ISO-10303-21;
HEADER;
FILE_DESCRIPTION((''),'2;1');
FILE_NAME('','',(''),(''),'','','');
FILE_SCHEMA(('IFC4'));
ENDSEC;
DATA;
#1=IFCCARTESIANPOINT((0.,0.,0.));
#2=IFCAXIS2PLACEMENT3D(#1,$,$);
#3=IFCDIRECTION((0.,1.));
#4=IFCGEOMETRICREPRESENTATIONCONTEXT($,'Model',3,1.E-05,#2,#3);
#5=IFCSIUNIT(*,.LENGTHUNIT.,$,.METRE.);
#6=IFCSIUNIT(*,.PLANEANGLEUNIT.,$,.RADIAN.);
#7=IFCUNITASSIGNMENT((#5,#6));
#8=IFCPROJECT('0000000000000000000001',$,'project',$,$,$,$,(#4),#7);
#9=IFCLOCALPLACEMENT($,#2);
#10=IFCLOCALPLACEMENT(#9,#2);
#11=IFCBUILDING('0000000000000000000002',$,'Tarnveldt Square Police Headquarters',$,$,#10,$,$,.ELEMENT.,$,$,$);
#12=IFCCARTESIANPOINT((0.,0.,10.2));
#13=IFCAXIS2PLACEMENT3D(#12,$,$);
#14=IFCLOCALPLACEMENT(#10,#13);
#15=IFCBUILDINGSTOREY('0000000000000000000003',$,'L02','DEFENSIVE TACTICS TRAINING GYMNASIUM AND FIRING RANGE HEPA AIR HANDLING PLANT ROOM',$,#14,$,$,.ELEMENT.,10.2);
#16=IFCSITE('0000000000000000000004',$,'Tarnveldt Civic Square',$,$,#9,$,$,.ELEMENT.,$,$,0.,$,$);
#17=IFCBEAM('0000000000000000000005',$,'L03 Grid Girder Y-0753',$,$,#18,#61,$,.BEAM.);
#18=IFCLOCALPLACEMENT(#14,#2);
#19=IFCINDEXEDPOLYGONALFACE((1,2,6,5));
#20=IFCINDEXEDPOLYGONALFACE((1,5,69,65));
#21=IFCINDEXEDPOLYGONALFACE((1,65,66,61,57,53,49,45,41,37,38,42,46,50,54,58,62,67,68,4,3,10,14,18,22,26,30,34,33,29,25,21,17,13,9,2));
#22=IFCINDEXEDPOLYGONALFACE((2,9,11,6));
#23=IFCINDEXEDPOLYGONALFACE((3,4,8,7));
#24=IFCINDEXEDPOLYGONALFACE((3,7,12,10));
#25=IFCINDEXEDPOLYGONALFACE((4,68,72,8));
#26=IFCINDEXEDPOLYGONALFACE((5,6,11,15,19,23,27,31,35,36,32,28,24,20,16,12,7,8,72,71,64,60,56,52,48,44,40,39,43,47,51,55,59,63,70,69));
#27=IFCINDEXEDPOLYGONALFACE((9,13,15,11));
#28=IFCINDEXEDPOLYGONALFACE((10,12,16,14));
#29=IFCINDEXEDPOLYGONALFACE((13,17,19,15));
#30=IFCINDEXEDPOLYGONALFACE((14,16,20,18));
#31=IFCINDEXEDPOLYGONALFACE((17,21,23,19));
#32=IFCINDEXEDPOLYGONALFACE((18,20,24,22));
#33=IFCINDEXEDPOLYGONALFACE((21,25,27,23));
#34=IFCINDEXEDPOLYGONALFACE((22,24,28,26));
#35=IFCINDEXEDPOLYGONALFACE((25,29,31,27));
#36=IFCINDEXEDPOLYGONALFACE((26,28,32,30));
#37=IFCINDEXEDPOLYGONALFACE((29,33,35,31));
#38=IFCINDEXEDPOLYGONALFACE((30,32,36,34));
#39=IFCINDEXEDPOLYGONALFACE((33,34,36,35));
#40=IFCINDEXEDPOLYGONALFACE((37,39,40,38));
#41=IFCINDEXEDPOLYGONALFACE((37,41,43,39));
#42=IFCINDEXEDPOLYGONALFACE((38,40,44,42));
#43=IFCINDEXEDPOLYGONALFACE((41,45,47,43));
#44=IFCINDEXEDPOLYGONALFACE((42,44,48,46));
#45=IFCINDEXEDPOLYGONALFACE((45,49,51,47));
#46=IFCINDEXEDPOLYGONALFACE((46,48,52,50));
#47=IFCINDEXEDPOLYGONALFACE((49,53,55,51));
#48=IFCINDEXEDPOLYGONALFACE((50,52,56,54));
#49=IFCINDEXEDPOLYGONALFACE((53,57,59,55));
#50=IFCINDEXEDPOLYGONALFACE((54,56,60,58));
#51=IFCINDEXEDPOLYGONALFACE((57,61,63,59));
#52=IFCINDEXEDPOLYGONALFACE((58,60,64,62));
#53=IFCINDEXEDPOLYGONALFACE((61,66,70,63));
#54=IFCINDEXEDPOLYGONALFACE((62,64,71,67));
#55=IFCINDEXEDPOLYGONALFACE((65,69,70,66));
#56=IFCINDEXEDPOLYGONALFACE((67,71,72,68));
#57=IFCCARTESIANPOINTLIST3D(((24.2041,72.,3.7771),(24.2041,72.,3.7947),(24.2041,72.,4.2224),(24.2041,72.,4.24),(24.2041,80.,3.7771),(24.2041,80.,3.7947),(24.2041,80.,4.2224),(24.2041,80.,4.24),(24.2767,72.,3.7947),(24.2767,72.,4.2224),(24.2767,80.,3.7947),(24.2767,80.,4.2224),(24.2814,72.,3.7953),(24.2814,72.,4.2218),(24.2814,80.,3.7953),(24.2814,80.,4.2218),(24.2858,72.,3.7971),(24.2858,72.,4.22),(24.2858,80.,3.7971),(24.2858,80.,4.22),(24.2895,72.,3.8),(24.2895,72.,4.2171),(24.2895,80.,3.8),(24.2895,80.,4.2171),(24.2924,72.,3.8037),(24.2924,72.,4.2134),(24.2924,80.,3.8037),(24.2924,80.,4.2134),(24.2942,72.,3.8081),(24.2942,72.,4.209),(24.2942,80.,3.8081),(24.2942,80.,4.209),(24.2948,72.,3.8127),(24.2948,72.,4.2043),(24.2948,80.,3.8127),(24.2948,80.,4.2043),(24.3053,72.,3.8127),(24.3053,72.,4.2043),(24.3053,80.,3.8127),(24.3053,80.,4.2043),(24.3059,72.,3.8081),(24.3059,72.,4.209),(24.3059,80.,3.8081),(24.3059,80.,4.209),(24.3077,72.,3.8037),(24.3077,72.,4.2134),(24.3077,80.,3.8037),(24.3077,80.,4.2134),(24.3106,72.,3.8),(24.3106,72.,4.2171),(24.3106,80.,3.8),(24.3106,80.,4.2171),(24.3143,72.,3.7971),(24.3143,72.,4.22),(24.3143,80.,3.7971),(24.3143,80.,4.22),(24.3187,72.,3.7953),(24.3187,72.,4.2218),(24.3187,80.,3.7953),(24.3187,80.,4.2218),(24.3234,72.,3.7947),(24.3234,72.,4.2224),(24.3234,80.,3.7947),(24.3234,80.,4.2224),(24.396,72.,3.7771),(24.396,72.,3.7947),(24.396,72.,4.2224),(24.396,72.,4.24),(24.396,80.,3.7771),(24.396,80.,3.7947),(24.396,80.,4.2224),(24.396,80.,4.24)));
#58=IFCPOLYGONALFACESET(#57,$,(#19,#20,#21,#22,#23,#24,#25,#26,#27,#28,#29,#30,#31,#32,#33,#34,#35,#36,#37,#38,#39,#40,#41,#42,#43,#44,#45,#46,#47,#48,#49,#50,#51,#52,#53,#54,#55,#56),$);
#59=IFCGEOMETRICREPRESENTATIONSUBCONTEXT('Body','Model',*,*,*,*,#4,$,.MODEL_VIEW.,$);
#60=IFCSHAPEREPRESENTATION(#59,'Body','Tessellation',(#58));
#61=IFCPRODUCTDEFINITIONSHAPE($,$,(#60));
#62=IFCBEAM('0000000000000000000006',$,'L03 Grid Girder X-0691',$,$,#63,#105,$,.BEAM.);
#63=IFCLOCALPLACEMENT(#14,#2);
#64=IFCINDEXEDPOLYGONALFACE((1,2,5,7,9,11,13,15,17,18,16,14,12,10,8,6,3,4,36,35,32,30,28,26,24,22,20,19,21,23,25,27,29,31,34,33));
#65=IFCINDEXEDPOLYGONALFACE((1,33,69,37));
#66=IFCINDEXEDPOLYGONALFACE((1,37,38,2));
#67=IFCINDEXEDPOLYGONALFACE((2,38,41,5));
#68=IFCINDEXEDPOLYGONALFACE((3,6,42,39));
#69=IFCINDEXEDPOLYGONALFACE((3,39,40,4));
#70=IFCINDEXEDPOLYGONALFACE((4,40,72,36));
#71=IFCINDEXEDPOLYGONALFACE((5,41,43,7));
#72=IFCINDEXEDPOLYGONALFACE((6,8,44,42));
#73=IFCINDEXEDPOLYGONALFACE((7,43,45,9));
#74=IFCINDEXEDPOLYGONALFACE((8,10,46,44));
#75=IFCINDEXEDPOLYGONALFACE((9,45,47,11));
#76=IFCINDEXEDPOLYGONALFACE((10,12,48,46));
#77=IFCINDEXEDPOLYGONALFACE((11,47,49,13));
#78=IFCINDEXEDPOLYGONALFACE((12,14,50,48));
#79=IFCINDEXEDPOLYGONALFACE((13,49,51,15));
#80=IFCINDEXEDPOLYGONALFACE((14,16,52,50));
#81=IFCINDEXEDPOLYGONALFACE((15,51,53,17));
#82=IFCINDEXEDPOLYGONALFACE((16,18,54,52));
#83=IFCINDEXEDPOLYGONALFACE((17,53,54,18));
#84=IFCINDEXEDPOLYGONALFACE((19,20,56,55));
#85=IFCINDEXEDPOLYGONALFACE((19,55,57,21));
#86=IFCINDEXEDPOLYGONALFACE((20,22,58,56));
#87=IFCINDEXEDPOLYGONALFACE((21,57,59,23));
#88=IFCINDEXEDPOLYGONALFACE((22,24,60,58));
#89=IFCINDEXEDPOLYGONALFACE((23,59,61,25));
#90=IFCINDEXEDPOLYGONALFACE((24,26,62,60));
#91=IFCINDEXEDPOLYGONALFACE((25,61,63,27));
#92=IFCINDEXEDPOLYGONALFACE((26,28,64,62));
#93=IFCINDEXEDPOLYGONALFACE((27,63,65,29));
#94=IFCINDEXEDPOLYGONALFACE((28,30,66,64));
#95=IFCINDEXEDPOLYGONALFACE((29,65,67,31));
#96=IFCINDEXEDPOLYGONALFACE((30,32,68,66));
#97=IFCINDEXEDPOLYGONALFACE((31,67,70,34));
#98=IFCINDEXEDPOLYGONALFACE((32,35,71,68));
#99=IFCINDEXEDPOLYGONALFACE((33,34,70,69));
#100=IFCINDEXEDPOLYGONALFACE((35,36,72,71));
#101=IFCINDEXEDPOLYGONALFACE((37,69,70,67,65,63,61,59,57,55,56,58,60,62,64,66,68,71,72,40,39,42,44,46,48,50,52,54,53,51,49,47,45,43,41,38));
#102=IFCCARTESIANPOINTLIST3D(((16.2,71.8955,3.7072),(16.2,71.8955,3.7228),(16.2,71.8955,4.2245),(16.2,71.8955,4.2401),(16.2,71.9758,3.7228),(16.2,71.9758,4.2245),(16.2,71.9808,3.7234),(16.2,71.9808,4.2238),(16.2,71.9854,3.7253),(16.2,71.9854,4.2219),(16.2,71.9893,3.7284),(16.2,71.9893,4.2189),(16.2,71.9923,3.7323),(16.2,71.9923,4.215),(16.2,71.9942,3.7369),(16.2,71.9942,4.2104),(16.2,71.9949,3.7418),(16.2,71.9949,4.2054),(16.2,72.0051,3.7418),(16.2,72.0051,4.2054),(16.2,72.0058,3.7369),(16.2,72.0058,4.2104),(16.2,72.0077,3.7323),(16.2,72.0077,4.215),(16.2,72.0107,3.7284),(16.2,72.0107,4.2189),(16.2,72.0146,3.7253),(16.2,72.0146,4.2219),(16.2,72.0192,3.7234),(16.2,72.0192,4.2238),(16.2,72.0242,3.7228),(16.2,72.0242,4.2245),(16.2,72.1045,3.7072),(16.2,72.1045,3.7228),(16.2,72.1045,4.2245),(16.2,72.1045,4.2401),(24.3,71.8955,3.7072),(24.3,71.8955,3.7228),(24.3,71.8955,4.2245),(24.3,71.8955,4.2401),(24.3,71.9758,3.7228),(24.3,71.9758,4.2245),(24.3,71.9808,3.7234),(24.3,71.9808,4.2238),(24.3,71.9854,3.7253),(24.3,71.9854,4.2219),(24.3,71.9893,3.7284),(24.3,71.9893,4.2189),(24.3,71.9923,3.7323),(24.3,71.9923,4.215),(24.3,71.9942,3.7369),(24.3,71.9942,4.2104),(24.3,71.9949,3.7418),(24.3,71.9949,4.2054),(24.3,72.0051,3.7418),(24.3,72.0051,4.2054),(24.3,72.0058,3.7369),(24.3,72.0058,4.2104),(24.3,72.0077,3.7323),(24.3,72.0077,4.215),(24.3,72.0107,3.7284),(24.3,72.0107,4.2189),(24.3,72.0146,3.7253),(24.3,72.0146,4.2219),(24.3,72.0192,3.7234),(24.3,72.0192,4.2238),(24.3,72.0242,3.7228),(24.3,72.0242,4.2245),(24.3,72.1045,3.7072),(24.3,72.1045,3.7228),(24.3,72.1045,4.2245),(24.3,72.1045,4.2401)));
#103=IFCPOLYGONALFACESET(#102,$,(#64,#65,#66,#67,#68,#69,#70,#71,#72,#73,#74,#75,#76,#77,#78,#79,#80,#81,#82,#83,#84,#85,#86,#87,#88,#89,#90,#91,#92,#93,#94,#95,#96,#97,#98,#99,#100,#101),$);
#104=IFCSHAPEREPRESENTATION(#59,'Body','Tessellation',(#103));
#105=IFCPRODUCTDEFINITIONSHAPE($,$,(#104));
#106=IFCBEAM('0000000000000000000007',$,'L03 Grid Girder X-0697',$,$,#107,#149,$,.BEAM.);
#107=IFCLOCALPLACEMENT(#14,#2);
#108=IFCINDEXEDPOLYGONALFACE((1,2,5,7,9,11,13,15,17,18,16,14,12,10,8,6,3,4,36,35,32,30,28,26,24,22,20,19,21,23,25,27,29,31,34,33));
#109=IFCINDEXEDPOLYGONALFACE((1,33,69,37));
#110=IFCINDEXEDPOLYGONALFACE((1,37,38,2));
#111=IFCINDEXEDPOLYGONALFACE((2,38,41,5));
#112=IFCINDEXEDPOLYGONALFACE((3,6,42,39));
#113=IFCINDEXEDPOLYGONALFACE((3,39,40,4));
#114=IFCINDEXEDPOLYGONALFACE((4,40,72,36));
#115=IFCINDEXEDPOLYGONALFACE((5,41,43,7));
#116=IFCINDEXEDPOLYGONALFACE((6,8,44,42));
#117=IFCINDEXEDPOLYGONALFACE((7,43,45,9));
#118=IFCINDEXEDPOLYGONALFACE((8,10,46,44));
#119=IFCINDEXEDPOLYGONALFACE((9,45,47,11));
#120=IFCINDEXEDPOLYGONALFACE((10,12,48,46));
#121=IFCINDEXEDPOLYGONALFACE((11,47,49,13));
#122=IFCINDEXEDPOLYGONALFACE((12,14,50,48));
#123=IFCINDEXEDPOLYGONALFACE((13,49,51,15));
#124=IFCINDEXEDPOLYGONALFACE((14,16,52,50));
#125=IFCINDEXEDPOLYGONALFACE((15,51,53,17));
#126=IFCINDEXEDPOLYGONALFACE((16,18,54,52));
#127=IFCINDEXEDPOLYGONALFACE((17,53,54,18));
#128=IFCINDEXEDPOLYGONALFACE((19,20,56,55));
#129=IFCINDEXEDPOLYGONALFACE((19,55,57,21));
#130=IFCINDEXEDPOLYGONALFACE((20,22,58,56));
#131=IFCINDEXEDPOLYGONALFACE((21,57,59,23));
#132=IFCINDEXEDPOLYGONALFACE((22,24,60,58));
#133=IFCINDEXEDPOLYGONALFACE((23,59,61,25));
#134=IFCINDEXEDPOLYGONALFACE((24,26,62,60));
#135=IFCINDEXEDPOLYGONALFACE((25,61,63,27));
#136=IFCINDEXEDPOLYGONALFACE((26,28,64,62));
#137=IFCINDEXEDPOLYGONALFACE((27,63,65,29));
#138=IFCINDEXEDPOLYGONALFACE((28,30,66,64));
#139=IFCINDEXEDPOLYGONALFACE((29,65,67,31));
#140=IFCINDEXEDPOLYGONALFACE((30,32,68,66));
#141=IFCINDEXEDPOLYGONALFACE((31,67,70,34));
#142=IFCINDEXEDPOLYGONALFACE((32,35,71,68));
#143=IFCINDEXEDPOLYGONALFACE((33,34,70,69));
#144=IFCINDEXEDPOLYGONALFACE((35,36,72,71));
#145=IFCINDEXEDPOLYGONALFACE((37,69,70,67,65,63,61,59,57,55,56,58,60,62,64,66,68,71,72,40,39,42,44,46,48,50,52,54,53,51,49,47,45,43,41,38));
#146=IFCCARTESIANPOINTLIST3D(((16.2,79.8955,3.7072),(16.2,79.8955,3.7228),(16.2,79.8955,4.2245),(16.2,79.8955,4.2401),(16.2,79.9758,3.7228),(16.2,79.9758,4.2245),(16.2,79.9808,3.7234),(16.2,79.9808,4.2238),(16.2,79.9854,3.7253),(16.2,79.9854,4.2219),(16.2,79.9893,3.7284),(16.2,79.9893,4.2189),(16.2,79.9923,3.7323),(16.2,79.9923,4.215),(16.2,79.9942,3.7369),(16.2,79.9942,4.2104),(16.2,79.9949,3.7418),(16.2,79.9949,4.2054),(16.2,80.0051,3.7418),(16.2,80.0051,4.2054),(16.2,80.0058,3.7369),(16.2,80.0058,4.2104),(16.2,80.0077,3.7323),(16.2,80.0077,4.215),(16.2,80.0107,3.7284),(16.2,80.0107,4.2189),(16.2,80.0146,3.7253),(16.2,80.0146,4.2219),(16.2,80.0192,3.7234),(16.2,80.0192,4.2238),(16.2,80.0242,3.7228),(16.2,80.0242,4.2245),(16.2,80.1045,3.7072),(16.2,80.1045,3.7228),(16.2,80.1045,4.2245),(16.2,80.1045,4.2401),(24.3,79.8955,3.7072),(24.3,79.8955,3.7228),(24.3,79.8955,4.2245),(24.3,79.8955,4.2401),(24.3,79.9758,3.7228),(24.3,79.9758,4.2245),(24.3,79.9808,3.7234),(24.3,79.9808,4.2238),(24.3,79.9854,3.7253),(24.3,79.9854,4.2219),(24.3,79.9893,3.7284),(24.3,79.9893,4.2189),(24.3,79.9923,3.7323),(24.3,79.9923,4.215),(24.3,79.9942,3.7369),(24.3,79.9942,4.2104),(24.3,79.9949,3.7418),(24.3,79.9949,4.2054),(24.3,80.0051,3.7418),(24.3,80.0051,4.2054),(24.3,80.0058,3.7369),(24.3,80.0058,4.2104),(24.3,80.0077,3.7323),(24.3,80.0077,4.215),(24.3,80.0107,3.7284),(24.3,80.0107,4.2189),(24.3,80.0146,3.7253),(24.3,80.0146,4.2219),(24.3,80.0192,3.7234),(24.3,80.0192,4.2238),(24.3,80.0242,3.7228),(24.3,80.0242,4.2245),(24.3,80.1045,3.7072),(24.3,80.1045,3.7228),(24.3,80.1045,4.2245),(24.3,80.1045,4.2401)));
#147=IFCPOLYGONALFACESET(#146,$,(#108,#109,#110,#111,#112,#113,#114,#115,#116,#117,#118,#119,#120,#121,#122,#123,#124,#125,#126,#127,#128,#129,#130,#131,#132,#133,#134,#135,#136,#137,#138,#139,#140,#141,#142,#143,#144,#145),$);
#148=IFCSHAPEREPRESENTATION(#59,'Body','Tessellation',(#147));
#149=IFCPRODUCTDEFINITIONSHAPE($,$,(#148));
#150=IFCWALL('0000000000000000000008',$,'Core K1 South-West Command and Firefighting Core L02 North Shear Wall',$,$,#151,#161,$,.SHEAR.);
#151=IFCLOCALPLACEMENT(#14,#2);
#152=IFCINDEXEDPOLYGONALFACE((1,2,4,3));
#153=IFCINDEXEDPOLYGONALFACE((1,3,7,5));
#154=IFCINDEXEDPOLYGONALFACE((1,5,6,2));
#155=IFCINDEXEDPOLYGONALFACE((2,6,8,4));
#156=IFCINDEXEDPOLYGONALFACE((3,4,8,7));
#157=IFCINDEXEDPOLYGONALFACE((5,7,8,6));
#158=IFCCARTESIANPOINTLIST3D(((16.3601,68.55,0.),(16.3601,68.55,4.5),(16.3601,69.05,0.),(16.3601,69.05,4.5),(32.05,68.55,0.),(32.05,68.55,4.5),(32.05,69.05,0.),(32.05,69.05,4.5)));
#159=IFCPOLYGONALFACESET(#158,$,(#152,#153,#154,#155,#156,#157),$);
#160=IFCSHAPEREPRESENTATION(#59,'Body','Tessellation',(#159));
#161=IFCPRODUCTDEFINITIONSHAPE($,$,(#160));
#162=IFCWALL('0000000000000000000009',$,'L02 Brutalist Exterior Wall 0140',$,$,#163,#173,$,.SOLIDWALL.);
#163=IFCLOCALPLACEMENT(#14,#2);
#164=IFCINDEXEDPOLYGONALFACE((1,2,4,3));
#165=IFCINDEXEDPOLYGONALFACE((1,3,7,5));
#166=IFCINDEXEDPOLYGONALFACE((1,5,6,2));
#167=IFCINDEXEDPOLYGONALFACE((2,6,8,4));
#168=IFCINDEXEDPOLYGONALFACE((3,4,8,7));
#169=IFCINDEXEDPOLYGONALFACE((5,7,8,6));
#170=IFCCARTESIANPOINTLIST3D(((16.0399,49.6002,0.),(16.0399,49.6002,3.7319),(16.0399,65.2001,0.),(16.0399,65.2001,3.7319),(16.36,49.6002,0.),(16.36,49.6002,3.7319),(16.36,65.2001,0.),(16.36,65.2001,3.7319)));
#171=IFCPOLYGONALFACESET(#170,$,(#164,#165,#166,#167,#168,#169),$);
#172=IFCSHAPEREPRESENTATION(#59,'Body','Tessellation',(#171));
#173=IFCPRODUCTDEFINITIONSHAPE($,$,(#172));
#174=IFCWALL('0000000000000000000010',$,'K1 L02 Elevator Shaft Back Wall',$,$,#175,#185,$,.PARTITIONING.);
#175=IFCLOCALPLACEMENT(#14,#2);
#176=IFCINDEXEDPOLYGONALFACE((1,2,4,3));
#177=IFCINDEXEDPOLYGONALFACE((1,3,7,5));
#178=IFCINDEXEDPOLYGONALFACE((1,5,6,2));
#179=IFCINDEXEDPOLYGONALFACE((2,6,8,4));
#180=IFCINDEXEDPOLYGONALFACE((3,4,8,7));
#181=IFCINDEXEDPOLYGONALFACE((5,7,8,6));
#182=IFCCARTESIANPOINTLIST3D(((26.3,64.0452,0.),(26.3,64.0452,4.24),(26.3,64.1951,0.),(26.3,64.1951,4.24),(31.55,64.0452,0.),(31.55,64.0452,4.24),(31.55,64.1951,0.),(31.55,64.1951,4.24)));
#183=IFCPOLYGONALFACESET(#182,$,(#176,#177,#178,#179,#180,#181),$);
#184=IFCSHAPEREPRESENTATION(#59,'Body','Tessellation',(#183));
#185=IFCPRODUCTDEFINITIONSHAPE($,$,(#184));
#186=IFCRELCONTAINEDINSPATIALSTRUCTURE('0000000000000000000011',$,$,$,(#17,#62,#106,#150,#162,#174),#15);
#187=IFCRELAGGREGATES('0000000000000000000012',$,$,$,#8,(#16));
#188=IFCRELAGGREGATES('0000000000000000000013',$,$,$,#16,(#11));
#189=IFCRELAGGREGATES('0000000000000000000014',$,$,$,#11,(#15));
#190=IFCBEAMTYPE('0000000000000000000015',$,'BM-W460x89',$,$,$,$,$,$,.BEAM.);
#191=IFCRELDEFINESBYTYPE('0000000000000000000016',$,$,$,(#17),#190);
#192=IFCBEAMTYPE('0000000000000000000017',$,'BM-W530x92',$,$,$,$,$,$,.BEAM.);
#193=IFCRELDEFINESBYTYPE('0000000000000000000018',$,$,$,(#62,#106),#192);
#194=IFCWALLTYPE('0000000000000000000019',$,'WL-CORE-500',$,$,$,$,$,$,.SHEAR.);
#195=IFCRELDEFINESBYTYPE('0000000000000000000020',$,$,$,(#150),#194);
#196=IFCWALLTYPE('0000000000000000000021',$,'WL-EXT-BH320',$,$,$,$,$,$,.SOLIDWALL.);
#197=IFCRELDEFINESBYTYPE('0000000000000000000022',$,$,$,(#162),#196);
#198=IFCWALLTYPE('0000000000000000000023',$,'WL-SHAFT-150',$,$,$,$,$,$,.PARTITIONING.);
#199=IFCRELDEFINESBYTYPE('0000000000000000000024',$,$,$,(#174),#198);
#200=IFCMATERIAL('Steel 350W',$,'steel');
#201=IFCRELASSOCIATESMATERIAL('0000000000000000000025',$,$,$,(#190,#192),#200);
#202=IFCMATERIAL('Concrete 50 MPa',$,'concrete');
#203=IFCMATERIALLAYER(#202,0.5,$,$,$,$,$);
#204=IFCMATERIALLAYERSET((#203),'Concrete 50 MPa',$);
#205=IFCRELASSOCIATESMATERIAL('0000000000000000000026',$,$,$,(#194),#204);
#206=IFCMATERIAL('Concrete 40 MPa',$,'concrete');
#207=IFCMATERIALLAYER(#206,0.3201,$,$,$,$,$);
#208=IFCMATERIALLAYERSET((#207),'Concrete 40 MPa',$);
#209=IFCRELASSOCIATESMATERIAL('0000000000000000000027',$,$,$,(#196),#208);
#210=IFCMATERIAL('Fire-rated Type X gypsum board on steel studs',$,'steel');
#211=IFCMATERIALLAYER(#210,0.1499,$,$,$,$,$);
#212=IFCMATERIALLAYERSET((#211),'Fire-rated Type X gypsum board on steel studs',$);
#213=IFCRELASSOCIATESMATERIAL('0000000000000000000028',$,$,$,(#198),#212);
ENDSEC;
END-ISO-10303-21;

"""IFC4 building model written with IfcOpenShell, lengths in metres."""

from ifc_helpers import new_model, si_unit, direction, frame, frame_2d, origin, origin_2d, place, context, subcontext, project, spatial, rectangle, i_section, extrude, material, layer, layer_set, material_profile, profile_set, type_object, element, save


model = new_model("IFC4")

# Units and contexts
model_context = context("Model", 3, precision=1e-05, world=origin(), true_north=direction((0.0, 1.0)))
body_context = subcontext(model_context, "Body", "Model", "MODEL_VIEW")
ifc_project = project(units=[si_unit("LENGTHUNIT", "METRE"), si_unit("PLANEANGLEUNIT", "RADIAN")], contexts=[model_context])

# Site, building, storey
site_placement = place(None, origin())
site = spatial("IfcSite", under=ifc_project, at=site_placement, Name="Tarnveldt Civic Square", CompositionType="ELEMENT", RefElevation=0.0)
building_placement = place(site_placement, origin())
building = spatial("IfcBuilding", under=site, at=building_placement, Name="Tarnveldt Square Police Headquarters", CompositionType="ELEMENT")
storey_placement = place(building_placement, frame((0.0, 0.0, 10.2)))
storey = spatial("IfcBuildingStorey", under=building, at=storey_placement, Name="L02", Description="DEFENSIVE TACTICS TRAINING GYMNASIUM AND FIRING RANGE HEPA AIR HANDLING PLANT ROOM", CompositionType="ELEMENT", Elevation=10.2)

# Shared definitions
ifc_material_1 = material(Name="Concrete 50 MPa", Category="concrete")

# Beams
ifc_material_2 = material(Name="Concrete 40 MPa", Category="concrete")
ifc_material_3 = material(Name="Steel 350W", Category="steel")
ifc_material_profile_1 = material_profile(ifc_material_3, i_section(OverallWidth=0.1919, OverallDepth=0.4629, WebThickness=0.0105, FlangeThickness=0.0176, FilletRadius=0.0181, at=origin_2d()), Name="W460x89")
ifc_profile_set_1 = profile_set([ifc_material_profile_1], Name="Steel 350W")
beam_type_1 = type_object("IfcBeamType", Name="BM-W460x89", PredefinedType="BEAM", material=ifc_profile_set_1)
beam_1_placement = place(storey_placement, frame((24.3, 72.0, 4.0085), z_axis=(0.0, 1.0, 0.0), x_axis=(-1.0, 0.0, 0.0)))
element("IfcBeam", 1, at=beam_1_placement, inside=storey, type_object=beam_type_1, Name="L03 Grid Girder Y-0753", PredefinedType="BEAM", context=body_context, shape_type="SweptSolid", body=[
    extrude(i_section(OverallWidth=0.1919, OverallDepth=0.4629, WebThickness=0.0105, FlangeThickness=0.0176, FilletRadius=0.0181, at=origin_2d()), origin(), (0.0, 0.0, 1.0), 8.0),
])
ifc_material_profile_2 = material_profile(ifc_material_3, i_section(OverallWidth=0.209, OverallDepth=0.533, WebThickness=0.0103, FlangeThickness=0.0156, FilletRadius=0.019, at=origin_2d()), Name="W530x92")
ifc_profile_set_2 = profile_set([ifc_material_profile_2], Name="Steel 350W")
beam_type_2 = type_object("IfcBeamType", Name="BM-W530x92", PredefinedType="BEAM", material=ifc_profile_set_2)
for number, where, z_axis, x_axis, name in (
    (2, (16.2, 72.0, 3.9736), (1.0, 0.0, 0.0), (0.0, 1.0, 0.0), "L03 Grid Girder X-0691"),
    (3, (16.2, 80.0, 3.9736), (1.0, 0.0, 0.0), (0.0, 1.0, 0.0), "L03 Grid Girder X-0697"),
):
    element("IfcBeam", number, at=place(storey_placement, frame(where, z_axis=z_axis, x_axis=x_axis)), inside=storey, type_object=beam_type_2, Name=name, PredefinedType="BEAM", context=body_context, shape_type="SweptSolid", body=[
        extrude(i_section(OverallWidth=0.209, OverallDepth=0.533, WebThickness=0.0103, FlangeThickness=0.0156, FilletRadius=0.019, at=origin_2d()), origin(), (0.0, 0.0, 1.0), 8.1001),
    ])

# Walls
ifc_layer_1 = layer(ifc_material_1, 0.5)
ifc_layer_set_1 = layer_set([ifc_layer_1], Name="Concrete 50 MPa")
wall_type_1 = type_object("IfcWallType", Name="WL-CORE-500", PredefinedType="SHEAR", material=ifc_layer_set_1)
wall_1_placement = place(storey_placement, frame((16.3601, 68.8, 0.0), z_axis=(0.0, 0.0, 1.0), x_axis=(1.0, 0.0, 0.0)))
element("IfcWall", 4, at=wall_1_placement, inside=storey, type_object=wall_type_1, Name="Core K1 South-West Command and Firefighting Core L02 North Shear Wall", PredefinedType="SHEAR", context=body_context, shape_type="SweptSolid", body=[
    extrude(rectangle(XDim=15.6899, YDim=0.5, at=frame_2d((7.845, 0.0))), origin(), (0.0, 0.0, 1.0), 4.5),
])
ifc_layer_2 = layer(ifc_material_2, 0.3201)
ifc_layer_set_2 = layer_set([ifc_layer_2], Name="Concrete 40 MPa")
wall_type_2 = type_object("IfcWallType", Name="WL-EXT-BH320", PredefinedType="SOLIDWALL", material=ifc_layer_set_2)
wall_2_placement = place(storey_placement, frame((16.2, 65.2, 0.0), z_axis=(0.0, 0.0, 1.0), x_axis=(0.0, -1.0, 0.0)))
element("IfcWall", 5, at=wall_2_placement, inside=storey, type_object=wall_type_2, Name="L02 Brutalist Exterior Wall 0140", PredefinedType="SOLIDWALL", context=body_context, shape_type="SweptSolid", body=[
    extrude(rectangle(XDim=15.5999, YDim=0.3201, at=frame_2d((7.7998, 0.0))), origin(), (0.0, 0.0, 1.0), 3.7319),
])
ifc_material_4 = material(Name="Fire-rated Type X gypsum board on steel studs", Category="steel")
ifc_layer_3 = layer(ifc_material_4, 0.1499)
ifc_layer_set_3 = layer_set([ifc_layer_3], Name="Fire-rated Type X gypsum board on steel studs")
wall_type_3 = type_object("IfcWallType", Name="WL-SHAFT-150", PredefinedType="PARTITIONING", material=ifc_layer_set_3)
wall_3_placement = place(storey_placement, frame((26.3, 64.1201, 0.0), z_axis=(0.0, 0.0, 1.0), x_axis=(1.0, 0.0, 0.0)))
element("IfcWall", 6, at=wall_3_placement, inside=storey, type_object=wall_type_3, Name="K1 L02 Elevator Shaft Back Wall", PredefinedType="PARTITIONING", context=body_context, shape_type="SweptSolid", body=[
    extrude(rectangle(XDim=5.25, YDim=0.1499, at=frame_2d((2.625, 0.0))), origin(), (0.0, 0.0, 1.0), 4.24),
])

save(model, "model.ifc")
